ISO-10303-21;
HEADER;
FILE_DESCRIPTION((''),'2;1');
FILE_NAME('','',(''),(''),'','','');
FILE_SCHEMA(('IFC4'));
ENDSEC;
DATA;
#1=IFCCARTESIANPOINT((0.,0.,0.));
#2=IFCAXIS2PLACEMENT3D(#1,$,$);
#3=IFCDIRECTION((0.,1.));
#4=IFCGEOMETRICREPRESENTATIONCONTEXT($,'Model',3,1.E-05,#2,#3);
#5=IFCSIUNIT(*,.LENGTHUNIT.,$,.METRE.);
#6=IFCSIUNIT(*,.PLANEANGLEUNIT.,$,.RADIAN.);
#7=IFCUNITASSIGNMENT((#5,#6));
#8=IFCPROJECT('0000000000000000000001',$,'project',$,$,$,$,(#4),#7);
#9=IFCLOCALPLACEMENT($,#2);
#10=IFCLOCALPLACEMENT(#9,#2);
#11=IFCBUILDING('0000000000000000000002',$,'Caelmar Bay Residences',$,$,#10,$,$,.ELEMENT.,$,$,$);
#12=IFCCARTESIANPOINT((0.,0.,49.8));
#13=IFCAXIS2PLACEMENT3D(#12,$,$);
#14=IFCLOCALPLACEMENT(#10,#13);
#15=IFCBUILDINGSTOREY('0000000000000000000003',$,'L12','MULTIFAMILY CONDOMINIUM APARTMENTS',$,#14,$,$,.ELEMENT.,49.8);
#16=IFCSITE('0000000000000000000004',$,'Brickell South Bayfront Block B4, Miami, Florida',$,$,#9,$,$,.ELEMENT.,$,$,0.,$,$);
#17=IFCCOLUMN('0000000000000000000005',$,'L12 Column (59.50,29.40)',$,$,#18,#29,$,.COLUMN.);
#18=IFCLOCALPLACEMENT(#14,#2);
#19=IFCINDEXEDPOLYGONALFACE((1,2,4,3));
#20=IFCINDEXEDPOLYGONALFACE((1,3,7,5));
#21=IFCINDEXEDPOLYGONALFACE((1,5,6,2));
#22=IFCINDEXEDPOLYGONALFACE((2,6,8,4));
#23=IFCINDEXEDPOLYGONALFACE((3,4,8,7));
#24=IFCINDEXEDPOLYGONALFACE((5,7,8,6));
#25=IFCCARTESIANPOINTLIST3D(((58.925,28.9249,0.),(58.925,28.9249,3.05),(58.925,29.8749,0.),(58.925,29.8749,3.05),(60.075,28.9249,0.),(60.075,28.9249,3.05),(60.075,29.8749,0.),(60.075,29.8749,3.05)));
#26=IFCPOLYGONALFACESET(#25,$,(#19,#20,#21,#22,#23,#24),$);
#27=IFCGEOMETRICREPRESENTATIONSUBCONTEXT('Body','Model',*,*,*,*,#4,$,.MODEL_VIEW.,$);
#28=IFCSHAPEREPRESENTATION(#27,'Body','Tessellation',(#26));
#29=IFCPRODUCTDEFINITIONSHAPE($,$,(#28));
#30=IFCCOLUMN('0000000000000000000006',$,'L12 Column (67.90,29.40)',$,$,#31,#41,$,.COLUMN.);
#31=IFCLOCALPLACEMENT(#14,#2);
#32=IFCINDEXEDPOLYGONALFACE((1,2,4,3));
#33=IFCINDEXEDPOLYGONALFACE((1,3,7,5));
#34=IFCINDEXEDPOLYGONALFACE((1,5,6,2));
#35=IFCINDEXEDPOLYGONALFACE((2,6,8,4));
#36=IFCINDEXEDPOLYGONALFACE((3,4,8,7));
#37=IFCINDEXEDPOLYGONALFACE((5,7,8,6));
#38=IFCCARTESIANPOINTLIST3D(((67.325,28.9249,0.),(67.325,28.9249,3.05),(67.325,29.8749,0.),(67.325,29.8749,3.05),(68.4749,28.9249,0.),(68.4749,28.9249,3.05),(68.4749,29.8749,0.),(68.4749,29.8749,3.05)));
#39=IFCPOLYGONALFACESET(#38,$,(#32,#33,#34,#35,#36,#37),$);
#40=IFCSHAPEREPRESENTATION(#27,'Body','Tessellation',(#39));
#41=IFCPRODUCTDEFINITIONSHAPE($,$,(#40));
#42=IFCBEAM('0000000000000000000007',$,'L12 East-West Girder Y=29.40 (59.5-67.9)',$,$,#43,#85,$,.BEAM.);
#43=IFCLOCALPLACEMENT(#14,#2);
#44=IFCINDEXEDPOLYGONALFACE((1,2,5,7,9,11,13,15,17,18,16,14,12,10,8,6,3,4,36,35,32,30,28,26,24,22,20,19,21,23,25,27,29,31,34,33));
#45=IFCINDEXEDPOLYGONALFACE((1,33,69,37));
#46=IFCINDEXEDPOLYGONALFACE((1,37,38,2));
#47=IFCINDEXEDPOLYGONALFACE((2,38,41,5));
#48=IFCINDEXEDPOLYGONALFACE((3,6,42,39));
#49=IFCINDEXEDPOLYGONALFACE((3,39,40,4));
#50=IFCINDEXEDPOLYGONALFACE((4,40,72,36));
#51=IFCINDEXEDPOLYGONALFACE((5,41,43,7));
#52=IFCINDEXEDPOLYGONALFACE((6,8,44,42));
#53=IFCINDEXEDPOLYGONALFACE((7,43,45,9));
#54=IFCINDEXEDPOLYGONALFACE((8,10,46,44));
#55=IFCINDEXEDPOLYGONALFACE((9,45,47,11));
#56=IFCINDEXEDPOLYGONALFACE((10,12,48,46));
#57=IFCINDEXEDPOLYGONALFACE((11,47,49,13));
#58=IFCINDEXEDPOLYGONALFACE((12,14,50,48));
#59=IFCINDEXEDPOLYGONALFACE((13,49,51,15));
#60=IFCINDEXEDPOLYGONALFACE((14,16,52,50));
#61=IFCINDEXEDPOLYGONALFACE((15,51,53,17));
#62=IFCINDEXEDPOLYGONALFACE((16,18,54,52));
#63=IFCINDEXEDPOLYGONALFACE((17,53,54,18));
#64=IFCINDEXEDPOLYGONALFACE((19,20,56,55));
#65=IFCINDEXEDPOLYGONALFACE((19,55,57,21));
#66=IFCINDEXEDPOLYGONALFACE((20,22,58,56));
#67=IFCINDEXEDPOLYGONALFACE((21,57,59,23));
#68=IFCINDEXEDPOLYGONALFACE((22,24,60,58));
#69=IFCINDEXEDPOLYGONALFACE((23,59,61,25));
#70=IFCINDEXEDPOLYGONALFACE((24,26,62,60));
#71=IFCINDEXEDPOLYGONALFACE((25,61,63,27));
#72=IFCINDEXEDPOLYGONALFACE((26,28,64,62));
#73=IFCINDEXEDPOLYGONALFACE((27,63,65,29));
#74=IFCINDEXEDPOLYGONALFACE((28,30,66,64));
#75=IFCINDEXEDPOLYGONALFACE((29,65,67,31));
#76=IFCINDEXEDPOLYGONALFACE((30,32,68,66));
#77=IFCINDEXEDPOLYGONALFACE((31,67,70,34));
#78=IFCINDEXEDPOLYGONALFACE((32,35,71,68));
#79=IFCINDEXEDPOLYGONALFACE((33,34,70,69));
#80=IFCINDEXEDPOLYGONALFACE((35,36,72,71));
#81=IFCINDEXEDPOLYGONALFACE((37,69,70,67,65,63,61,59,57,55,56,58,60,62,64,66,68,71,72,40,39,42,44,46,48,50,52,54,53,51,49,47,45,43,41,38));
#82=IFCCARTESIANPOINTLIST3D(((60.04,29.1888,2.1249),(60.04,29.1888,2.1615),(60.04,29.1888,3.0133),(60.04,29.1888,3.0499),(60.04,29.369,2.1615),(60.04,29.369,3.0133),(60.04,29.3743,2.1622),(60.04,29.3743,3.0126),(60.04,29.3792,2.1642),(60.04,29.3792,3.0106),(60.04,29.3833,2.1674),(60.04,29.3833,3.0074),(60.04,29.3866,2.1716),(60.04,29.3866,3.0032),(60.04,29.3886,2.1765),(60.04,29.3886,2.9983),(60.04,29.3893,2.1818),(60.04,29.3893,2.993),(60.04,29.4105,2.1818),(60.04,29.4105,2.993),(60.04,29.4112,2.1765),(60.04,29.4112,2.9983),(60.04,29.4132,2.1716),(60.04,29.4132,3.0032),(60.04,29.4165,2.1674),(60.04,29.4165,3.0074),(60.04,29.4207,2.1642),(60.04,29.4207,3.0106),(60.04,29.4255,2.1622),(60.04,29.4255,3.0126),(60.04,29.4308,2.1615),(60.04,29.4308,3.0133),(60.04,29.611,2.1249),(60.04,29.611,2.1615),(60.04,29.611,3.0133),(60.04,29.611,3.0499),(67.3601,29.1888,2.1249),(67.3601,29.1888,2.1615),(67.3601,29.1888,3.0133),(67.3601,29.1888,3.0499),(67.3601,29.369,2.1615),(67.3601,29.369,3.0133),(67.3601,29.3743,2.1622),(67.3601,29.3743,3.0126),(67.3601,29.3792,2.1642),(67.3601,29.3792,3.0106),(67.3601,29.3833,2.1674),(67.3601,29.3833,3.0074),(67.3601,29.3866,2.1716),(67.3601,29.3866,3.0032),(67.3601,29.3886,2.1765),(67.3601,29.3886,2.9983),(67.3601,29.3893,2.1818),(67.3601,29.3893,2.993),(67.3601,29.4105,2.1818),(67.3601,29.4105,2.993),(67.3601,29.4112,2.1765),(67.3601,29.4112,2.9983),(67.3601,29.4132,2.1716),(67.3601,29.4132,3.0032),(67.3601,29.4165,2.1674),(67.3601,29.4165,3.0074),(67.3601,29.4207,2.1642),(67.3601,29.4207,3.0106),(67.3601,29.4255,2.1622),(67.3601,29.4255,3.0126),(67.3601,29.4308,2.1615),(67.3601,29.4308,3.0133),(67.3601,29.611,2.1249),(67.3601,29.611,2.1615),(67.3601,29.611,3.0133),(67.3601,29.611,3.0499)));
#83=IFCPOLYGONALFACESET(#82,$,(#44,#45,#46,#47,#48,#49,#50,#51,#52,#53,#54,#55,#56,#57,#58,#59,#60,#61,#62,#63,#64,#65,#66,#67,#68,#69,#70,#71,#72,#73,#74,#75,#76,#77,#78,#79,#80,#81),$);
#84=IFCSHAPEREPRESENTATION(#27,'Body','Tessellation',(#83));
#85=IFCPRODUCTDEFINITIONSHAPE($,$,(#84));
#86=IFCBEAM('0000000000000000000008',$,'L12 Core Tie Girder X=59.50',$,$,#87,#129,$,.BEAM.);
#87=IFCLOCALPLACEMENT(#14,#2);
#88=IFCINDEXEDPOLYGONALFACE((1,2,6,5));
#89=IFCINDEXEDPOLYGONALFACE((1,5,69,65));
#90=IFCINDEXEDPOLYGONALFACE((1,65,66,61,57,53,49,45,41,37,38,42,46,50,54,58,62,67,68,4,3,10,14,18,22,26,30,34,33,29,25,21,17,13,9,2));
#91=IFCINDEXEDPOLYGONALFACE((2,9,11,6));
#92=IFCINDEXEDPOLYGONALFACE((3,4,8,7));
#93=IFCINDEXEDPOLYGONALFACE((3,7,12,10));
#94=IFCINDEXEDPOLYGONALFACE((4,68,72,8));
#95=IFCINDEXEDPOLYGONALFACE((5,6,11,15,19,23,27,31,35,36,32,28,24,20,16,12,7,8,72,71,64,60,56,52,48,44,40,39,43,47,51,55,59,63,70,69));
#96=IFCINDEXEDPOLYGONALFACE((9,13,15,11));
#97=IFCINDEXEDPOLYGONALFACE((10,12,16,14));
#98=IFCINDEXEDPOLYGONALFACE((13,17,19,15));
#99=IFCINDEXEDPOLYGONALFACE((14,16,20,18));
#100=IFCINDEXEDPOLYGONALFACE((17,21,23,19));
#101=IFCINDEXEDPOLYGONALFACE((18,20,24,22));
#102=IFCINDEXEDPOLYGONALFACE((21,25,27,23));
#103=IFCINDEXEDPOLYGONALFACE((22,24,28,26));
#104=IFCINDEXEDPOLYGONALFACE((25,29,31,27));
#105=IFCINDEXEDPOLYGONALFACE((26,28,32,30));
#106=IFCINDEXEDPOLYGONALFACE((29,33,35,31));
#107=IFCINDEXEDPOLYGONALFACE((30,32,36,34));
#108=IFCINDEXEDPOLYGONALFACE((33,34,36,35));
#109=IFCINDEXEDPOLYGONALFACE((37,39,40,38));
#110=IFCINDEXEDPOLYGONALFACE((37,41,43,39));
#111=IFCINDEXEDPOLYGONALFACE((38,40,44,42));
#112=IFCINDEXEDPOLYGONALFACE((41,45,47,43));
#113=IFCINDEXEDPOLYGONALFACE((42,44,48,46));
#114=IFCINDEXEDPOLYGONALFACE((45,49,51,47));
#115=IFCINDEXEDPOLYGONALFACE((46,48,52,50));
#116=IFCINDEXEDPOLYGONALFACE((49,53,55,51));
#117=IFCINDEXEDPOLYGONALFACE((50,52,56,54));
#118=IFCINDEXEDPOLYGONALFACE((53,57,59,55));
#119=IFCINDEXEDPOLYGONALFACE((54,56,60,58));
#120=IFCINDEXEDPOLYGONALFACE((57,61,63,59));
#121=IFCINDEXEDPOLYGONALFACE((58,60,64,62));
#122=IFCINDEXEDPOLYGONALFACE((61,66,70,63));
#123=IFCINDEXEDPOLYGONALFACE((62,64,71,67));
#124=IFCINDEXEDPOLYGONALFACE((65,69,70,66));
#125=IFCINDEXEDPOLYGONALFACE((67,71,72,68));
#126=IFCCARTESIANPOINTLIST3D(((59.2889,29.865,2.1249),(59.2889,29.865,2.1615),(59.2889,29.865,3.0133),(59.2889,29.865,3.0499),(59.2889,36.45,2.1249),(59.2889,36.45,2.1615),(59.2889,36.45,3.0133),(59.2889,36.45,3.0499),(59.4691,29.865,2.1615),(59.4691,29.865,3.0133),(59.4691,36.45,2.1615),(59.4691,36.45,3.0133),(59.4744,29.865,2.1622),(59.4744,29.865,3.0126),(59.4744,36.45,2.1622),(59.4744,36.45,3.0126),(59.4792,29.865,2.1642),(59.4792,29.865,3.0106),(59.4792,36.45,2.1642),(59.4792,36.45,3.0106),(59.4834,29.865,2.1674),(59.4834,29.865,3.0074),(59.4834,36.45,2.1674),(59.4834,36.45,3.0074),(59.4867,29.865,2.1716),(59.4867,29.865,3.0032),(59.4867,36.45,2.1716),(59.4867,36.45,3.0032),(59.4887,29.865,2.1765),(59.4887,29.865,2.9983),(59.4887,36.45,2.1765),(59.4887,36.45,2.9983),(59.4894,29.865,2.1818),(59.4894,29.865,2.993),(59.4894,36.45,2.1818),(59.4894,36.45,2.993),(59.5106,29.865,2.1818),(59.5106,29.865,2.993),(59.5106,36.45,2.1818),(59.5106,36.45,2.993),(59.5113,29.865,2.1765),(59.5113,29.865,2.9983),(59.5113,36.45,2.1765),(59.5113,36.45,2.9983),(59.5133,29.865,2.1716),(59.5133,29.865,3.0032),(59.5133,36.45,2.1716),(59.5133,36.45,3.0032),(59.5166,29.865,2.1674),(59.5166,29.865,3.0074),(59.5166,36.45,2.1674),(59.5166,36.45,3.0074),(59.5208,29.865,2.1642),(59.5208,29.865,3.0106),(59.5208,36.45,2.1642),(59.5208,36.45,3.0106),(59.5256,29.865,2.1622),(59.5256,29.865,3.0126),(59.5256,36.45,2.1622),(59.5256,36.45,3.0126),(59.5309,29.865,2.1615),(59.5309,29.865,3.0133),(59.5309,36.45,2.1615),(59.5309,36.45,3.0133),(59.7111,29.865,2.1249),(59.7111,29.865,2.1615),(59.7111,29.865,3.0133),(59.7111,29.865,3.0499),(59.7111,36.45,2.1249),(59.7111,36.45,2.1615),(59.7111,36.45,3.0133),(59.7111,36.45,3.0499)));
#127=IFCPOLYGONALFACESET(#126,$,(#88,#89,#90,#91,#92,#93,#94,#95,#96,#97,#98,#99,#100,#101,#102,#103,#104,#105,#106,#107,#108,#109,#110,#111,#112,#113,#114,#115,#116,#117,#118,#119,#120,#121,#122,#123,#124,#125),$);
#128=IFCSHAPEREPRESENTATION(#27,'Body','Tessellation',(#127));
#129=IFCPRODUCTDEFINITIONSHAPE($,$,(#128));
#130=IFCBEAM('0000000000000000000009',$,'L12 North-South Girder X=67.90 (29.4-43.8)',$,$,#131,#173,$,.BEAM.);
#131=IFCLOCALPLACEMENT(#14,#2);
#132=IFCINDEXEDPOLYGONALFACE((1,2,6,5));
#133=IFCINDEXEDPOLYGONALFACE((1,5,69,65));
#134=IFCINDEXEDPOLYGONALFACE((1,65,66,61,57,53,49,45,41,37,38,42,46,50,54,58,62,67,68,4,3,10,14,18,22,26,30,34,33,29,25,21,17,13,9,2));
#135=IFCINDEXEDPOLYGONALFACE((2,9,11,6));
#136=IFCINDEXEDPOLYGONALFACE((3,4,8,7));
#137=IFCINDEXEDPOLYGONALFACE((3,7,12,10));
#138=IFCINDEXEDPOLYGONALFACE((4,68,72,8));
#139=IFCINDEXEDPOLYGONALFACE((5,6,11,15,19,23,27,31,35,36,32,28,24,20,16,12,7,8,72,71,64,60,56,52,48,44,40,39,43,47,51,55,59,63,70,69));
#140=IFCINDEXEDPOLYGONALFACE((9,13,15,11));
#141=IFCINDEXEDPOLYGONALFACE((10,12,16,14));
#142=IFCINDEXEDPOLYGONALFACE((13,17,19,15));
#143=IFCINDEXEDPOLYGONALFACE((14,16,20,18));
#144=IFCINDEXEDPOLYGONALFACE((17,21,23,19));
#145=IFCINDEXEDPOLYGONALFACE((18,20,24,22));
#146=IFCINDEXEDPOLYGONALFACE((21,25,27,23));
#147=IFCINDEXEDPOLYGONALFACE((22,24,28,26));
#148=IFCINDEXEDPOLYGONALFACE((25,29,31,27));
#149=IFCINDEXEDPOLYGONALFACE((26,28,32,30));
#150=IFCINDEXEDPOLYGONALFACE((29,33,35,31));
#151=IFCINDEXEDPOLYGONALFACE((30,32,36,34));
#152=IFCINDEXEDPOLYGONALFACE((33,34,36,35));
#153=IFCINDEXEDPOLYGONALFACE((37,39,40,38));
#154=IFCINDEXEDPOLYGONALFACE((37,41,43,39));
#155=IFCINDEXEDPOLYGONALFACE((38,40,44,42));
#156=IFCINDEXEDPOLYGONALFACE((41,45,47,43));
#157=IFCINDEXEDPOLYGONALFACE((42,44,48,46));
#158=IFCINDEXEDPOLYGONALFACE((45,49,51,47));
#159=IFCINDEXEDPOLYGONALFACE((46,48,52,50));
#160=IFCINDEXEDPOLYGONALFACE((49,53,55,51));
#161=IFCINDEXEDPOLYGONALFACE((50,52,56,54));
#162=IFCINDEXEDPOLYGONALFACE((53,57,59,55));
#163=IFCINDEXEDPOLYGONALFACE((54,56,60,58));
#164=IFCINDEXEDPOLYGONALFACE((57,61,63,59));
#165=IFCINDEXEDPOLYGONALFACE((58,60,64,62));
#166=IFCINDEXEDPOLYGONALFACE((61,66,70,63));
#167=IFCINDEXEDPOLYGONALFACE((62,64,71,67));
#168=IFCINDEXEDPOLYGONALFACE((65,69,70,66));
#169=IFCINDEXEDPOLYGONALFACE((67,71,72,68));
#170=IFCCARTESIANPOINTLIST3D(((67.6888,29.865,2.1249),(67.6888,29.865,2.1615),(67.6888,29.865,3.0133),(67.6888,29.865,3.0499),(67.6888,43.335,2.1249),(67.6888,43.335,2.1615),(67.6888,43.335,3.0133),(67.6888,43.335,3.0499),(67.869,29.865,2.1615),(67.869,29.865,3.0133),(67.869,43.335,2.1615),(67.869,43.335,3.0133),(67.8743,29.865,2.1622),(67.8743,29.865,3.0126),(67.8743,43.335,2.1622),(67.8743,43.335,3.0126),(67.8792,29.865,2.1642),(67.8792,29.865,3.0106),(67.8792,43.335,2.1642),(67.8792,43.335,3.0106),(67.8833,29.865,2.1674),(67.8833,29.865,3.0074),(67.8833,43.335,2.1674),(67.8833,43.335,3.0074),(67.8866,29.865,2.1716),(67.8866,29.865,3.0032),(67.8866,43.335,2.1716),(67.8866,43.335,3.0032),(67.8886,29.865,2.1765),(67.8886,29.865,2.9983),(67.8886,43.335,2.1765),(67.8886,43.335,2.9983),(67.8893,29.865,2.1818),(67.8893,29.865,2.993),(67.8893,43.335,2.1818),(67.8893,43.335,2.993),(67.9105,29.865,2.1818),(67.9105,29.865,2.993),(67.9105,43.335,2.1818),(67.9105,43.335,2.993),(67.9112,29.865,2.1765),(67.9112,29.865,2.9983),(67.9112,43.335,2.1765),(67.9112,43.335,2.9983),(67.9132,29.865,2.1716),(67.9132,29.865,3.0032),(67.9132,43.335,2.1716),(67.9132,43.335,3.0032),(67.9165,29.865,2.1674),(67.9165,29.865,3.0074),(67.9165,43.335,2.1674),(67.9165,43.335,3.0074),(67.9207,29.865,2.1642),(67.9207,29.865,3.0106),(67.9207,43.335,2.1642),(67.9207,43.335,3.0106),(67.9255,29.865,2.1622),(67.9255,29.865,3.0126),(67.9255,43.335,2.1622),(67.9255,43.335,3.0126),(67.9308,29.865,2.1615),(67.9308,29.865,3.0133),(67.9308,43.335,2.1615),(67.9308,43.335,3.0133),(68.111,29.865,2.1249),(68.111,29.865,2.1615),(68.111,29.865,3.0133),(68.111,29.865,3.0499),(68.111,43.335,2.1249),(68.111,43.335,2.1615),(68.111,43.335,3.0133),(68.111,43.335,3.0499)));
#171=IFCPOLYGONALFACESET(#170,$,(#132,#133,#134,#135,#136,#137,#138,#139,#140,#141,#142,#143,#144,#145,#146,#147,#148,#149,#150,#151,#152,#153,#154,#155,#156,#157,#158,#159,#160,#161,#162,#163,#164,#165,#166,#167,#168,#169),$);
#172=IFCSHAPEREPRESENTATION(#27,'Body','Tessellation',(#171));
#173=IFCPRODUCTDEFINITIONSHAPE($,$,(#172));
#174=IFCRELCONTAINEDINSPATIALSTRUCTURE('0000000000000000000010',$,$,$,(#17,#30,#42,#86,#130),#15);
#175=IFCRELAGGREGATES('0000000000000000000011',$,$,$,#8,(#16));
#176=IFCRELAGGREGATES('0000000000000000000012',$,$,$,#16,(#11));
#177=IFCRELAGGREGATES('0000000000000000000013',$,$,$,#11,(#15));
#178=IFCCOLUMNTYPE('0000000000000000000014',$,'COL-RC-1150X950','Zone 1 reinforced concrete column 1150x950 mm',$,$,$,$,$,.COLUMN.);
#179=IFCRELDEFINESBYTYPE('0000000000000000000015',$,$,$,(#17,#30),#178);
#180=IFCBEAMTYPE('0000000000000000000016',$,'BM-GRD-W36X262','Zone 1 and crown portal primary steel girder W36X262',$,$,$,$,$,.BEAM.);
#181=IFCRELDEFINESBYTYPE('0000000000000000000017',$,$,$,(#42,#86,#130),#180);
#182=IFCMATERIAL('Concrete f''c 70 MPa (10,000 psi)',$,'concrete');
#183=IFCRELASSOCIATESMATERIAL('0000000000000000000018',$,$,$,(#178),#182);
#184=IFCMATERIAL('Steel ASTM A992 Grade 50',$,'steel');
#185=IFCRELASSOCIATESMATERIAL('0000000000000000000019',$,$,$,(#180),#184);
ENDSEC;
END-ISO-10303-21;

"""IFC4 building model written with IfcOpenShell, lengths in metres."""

from ifc_helpers import new_model, si_unit, direction, frame, origin, origin_2d, place, context, subcontext, project, spatial, rectangle, i_section, extrude, material, material_profile, profile_set, type_object, element, save


model = new_model("IFC4")

# Units and contexts
model_context = context("Model", 3, precision=1e-05, world=origin(), true_north=direction((0.0, 1.0)))
body_context = subcontext(model_context, "Body", "Model", "MODEL_VIEW")
ifc_project = project(units=[si_unit("LENGTHUNIT", "METRE"), si_unit("PLANEANGLEUNIT", "RADIAN")], contexts=[model_context])

# Site, building, storey
site_placement = place(None, origin())
site = spatial("IfcSite", under=ifc_project, at=site_placement, Name="Brickell South Bayfront Block B4, Miami, Florida", CompositionType="ELEMENT", RefElevation=0.0)
building_placement = place(site_placement, origin())
building = spatial("IfcBuilding", under=site, at=building_placement, Name="Caelmar Bay Residences", CompositionType="ELEMENT")
storey_placement = place(building_placement, frame((0.0, 0.0, 49.8)))
storey = spatial("IfcBuildingStorey", under=building, at=storey_placement, Name="L12", Description="MULTIFAMILY CONDOMINIUM APARTMENTS", CompositionType="ELEMENT", Elevation=49.8)

# Columns
ifc_material_1 = material(Name="Concrete f'c 70 MPa (10,000 psi)", Category="concrete")
ifc_material_profile_1 = material_profile(ifc_material_1, rectangle(XDim=1.1499, YDim=0.95, at=origin_2d()), Name="RC-COL-1150X950")
ifc_profile_set_1 = profile_set([ifc_material_profile_1], Name="Concrete f'c 70 MPa (10,000 psi)")
column_type = type_object("IfcColumnType", Name="COL-RC-1150X950", Description="Zone 1 reinforced concrete column 1150x950 mm", PredefinedType="COLUMN", material=ifc_profile_set_1)
for number, where, z_axis, x_axis, name in (
    (1, (59.5, 29.3999, 0.0), (0.0, 0.0, 1.0), (1.0, 0.0, 0.0), "L12 Column (59.50,29.40)"),
    (2, (67.8999, 29.3999, 0.0), (0.0, 0.0, 1.0), (1.0, 0.0, 0.0), "L12 Column (67.90,29.40)"),
):
    element("IfcColumn", number, at=place(storey_placement, frame(where, z_axis=z_axis, x_axis=x_axis)), inside=storey, type_object=column_type, Name=name, PredefinedType="COLUMN", context=body_context, shape_type="SweptSolid", body=[
        extrude(rectangle(XDim=1.1499, YDim=0.95, at=origin_2d()), origin(), (0.0, 0.0, 1.0), 3.05),
    ])

# Beams
ifc_material_2 = material(Name="Steel ASTM A992 Grade 50", Category="steel")
ifc_material_profile_2 = material_profile(ifc_material_2, i_section(OverallWidth=0.4221, OverallDepth=0.925, WebThickness=0.0212, FlangeThickness=0.0366, FilletRadius=0.0203, at=origin_2d()), Name="W36X262")
ifc_profile_set_2 = profile_set([ifc_material_profile_2], Name="Steel ASTM A992 Grade 50")
beam_type_1 = type_object("IfcBeamType", Name="BM-GRD-W36X262", Description="Zone 1 and crown portal primary steel girder W36X262", PredefinedType="BEAM", material=ifc_profile_set_2)
beam_1_placement = place(storey_placement, frame((60.04, 29.3999, 2.5874), z_axis=(1.0, 0.0, 0.0), x_axis=(0.0, 1.0, 0.0)))
element("IfcBeam", 3, at=beam_1_placement, inside=storey, type_object=beam_type_1, Name="L12 East-West Girder Y=29.40 (59.5-67.9)", PredefinedType="BEAM", context=body_context, shape_type="SweptSolid", body=[
    extrude(i_section(OverallWidth=0.4221, OverallDepth=0.925, WebThickness=0.0212, FlangeThickness=0.0366, FilletRadius=0.0203, at=origin_2d()), origin(), (0.0, 0.0, 1.0), 7.3201),
])
beam_2_placement = place(storey_placement, frame((59.5, 29.865, 2.5874), z_axis=(0.0, 1.0, 0.0), x_axis=(-1.0, 0.0, 0.0)))
element("IfcBeam", 4, at=beam_2_placement, inside=storey, type_object=beam_type_1, Name="L12 Core Tie Girder X=59.50", PredefinedType="BEAM", context=body_context, shape_type="SweptSolid", body=[
    extrude(i_section(OverallWidth=0.4221, OverallDepth=0.925, WebThickness=0.0212, FlangeThickness=0.0366, FilletRadius=0.0203, at=origin_2d()), origin(), (0.0, 0.0, 1.0), 6.585),
])
beam_3_placement = place(storey_placement, frame((67.8999, 29.865, 2.5874), z_axis=(0.0, 1.0, 0.0), x_axis=(-1.0, 0.0, 0.0)))
element("IfcBeam", 5, at=beam_3_placement, inside=storey, type_object=beam_type_1, Name="L12 North-South Girder X=67.90 (29.4-43.8)", PredefinedType="BEAM", context=body_context, shape_type="SweptSolid", body=[
    extrude(i_section(OverallWidth=0.4221, OverallDepth=0.925, WebThickness=0.0212, FlangeThickness=0.0366, FilletRadius=0.0203, at=origin_2d()), origin(), (0.0, 0.0, 1.0), 13.47),
])

save(model, "model.ifc")
